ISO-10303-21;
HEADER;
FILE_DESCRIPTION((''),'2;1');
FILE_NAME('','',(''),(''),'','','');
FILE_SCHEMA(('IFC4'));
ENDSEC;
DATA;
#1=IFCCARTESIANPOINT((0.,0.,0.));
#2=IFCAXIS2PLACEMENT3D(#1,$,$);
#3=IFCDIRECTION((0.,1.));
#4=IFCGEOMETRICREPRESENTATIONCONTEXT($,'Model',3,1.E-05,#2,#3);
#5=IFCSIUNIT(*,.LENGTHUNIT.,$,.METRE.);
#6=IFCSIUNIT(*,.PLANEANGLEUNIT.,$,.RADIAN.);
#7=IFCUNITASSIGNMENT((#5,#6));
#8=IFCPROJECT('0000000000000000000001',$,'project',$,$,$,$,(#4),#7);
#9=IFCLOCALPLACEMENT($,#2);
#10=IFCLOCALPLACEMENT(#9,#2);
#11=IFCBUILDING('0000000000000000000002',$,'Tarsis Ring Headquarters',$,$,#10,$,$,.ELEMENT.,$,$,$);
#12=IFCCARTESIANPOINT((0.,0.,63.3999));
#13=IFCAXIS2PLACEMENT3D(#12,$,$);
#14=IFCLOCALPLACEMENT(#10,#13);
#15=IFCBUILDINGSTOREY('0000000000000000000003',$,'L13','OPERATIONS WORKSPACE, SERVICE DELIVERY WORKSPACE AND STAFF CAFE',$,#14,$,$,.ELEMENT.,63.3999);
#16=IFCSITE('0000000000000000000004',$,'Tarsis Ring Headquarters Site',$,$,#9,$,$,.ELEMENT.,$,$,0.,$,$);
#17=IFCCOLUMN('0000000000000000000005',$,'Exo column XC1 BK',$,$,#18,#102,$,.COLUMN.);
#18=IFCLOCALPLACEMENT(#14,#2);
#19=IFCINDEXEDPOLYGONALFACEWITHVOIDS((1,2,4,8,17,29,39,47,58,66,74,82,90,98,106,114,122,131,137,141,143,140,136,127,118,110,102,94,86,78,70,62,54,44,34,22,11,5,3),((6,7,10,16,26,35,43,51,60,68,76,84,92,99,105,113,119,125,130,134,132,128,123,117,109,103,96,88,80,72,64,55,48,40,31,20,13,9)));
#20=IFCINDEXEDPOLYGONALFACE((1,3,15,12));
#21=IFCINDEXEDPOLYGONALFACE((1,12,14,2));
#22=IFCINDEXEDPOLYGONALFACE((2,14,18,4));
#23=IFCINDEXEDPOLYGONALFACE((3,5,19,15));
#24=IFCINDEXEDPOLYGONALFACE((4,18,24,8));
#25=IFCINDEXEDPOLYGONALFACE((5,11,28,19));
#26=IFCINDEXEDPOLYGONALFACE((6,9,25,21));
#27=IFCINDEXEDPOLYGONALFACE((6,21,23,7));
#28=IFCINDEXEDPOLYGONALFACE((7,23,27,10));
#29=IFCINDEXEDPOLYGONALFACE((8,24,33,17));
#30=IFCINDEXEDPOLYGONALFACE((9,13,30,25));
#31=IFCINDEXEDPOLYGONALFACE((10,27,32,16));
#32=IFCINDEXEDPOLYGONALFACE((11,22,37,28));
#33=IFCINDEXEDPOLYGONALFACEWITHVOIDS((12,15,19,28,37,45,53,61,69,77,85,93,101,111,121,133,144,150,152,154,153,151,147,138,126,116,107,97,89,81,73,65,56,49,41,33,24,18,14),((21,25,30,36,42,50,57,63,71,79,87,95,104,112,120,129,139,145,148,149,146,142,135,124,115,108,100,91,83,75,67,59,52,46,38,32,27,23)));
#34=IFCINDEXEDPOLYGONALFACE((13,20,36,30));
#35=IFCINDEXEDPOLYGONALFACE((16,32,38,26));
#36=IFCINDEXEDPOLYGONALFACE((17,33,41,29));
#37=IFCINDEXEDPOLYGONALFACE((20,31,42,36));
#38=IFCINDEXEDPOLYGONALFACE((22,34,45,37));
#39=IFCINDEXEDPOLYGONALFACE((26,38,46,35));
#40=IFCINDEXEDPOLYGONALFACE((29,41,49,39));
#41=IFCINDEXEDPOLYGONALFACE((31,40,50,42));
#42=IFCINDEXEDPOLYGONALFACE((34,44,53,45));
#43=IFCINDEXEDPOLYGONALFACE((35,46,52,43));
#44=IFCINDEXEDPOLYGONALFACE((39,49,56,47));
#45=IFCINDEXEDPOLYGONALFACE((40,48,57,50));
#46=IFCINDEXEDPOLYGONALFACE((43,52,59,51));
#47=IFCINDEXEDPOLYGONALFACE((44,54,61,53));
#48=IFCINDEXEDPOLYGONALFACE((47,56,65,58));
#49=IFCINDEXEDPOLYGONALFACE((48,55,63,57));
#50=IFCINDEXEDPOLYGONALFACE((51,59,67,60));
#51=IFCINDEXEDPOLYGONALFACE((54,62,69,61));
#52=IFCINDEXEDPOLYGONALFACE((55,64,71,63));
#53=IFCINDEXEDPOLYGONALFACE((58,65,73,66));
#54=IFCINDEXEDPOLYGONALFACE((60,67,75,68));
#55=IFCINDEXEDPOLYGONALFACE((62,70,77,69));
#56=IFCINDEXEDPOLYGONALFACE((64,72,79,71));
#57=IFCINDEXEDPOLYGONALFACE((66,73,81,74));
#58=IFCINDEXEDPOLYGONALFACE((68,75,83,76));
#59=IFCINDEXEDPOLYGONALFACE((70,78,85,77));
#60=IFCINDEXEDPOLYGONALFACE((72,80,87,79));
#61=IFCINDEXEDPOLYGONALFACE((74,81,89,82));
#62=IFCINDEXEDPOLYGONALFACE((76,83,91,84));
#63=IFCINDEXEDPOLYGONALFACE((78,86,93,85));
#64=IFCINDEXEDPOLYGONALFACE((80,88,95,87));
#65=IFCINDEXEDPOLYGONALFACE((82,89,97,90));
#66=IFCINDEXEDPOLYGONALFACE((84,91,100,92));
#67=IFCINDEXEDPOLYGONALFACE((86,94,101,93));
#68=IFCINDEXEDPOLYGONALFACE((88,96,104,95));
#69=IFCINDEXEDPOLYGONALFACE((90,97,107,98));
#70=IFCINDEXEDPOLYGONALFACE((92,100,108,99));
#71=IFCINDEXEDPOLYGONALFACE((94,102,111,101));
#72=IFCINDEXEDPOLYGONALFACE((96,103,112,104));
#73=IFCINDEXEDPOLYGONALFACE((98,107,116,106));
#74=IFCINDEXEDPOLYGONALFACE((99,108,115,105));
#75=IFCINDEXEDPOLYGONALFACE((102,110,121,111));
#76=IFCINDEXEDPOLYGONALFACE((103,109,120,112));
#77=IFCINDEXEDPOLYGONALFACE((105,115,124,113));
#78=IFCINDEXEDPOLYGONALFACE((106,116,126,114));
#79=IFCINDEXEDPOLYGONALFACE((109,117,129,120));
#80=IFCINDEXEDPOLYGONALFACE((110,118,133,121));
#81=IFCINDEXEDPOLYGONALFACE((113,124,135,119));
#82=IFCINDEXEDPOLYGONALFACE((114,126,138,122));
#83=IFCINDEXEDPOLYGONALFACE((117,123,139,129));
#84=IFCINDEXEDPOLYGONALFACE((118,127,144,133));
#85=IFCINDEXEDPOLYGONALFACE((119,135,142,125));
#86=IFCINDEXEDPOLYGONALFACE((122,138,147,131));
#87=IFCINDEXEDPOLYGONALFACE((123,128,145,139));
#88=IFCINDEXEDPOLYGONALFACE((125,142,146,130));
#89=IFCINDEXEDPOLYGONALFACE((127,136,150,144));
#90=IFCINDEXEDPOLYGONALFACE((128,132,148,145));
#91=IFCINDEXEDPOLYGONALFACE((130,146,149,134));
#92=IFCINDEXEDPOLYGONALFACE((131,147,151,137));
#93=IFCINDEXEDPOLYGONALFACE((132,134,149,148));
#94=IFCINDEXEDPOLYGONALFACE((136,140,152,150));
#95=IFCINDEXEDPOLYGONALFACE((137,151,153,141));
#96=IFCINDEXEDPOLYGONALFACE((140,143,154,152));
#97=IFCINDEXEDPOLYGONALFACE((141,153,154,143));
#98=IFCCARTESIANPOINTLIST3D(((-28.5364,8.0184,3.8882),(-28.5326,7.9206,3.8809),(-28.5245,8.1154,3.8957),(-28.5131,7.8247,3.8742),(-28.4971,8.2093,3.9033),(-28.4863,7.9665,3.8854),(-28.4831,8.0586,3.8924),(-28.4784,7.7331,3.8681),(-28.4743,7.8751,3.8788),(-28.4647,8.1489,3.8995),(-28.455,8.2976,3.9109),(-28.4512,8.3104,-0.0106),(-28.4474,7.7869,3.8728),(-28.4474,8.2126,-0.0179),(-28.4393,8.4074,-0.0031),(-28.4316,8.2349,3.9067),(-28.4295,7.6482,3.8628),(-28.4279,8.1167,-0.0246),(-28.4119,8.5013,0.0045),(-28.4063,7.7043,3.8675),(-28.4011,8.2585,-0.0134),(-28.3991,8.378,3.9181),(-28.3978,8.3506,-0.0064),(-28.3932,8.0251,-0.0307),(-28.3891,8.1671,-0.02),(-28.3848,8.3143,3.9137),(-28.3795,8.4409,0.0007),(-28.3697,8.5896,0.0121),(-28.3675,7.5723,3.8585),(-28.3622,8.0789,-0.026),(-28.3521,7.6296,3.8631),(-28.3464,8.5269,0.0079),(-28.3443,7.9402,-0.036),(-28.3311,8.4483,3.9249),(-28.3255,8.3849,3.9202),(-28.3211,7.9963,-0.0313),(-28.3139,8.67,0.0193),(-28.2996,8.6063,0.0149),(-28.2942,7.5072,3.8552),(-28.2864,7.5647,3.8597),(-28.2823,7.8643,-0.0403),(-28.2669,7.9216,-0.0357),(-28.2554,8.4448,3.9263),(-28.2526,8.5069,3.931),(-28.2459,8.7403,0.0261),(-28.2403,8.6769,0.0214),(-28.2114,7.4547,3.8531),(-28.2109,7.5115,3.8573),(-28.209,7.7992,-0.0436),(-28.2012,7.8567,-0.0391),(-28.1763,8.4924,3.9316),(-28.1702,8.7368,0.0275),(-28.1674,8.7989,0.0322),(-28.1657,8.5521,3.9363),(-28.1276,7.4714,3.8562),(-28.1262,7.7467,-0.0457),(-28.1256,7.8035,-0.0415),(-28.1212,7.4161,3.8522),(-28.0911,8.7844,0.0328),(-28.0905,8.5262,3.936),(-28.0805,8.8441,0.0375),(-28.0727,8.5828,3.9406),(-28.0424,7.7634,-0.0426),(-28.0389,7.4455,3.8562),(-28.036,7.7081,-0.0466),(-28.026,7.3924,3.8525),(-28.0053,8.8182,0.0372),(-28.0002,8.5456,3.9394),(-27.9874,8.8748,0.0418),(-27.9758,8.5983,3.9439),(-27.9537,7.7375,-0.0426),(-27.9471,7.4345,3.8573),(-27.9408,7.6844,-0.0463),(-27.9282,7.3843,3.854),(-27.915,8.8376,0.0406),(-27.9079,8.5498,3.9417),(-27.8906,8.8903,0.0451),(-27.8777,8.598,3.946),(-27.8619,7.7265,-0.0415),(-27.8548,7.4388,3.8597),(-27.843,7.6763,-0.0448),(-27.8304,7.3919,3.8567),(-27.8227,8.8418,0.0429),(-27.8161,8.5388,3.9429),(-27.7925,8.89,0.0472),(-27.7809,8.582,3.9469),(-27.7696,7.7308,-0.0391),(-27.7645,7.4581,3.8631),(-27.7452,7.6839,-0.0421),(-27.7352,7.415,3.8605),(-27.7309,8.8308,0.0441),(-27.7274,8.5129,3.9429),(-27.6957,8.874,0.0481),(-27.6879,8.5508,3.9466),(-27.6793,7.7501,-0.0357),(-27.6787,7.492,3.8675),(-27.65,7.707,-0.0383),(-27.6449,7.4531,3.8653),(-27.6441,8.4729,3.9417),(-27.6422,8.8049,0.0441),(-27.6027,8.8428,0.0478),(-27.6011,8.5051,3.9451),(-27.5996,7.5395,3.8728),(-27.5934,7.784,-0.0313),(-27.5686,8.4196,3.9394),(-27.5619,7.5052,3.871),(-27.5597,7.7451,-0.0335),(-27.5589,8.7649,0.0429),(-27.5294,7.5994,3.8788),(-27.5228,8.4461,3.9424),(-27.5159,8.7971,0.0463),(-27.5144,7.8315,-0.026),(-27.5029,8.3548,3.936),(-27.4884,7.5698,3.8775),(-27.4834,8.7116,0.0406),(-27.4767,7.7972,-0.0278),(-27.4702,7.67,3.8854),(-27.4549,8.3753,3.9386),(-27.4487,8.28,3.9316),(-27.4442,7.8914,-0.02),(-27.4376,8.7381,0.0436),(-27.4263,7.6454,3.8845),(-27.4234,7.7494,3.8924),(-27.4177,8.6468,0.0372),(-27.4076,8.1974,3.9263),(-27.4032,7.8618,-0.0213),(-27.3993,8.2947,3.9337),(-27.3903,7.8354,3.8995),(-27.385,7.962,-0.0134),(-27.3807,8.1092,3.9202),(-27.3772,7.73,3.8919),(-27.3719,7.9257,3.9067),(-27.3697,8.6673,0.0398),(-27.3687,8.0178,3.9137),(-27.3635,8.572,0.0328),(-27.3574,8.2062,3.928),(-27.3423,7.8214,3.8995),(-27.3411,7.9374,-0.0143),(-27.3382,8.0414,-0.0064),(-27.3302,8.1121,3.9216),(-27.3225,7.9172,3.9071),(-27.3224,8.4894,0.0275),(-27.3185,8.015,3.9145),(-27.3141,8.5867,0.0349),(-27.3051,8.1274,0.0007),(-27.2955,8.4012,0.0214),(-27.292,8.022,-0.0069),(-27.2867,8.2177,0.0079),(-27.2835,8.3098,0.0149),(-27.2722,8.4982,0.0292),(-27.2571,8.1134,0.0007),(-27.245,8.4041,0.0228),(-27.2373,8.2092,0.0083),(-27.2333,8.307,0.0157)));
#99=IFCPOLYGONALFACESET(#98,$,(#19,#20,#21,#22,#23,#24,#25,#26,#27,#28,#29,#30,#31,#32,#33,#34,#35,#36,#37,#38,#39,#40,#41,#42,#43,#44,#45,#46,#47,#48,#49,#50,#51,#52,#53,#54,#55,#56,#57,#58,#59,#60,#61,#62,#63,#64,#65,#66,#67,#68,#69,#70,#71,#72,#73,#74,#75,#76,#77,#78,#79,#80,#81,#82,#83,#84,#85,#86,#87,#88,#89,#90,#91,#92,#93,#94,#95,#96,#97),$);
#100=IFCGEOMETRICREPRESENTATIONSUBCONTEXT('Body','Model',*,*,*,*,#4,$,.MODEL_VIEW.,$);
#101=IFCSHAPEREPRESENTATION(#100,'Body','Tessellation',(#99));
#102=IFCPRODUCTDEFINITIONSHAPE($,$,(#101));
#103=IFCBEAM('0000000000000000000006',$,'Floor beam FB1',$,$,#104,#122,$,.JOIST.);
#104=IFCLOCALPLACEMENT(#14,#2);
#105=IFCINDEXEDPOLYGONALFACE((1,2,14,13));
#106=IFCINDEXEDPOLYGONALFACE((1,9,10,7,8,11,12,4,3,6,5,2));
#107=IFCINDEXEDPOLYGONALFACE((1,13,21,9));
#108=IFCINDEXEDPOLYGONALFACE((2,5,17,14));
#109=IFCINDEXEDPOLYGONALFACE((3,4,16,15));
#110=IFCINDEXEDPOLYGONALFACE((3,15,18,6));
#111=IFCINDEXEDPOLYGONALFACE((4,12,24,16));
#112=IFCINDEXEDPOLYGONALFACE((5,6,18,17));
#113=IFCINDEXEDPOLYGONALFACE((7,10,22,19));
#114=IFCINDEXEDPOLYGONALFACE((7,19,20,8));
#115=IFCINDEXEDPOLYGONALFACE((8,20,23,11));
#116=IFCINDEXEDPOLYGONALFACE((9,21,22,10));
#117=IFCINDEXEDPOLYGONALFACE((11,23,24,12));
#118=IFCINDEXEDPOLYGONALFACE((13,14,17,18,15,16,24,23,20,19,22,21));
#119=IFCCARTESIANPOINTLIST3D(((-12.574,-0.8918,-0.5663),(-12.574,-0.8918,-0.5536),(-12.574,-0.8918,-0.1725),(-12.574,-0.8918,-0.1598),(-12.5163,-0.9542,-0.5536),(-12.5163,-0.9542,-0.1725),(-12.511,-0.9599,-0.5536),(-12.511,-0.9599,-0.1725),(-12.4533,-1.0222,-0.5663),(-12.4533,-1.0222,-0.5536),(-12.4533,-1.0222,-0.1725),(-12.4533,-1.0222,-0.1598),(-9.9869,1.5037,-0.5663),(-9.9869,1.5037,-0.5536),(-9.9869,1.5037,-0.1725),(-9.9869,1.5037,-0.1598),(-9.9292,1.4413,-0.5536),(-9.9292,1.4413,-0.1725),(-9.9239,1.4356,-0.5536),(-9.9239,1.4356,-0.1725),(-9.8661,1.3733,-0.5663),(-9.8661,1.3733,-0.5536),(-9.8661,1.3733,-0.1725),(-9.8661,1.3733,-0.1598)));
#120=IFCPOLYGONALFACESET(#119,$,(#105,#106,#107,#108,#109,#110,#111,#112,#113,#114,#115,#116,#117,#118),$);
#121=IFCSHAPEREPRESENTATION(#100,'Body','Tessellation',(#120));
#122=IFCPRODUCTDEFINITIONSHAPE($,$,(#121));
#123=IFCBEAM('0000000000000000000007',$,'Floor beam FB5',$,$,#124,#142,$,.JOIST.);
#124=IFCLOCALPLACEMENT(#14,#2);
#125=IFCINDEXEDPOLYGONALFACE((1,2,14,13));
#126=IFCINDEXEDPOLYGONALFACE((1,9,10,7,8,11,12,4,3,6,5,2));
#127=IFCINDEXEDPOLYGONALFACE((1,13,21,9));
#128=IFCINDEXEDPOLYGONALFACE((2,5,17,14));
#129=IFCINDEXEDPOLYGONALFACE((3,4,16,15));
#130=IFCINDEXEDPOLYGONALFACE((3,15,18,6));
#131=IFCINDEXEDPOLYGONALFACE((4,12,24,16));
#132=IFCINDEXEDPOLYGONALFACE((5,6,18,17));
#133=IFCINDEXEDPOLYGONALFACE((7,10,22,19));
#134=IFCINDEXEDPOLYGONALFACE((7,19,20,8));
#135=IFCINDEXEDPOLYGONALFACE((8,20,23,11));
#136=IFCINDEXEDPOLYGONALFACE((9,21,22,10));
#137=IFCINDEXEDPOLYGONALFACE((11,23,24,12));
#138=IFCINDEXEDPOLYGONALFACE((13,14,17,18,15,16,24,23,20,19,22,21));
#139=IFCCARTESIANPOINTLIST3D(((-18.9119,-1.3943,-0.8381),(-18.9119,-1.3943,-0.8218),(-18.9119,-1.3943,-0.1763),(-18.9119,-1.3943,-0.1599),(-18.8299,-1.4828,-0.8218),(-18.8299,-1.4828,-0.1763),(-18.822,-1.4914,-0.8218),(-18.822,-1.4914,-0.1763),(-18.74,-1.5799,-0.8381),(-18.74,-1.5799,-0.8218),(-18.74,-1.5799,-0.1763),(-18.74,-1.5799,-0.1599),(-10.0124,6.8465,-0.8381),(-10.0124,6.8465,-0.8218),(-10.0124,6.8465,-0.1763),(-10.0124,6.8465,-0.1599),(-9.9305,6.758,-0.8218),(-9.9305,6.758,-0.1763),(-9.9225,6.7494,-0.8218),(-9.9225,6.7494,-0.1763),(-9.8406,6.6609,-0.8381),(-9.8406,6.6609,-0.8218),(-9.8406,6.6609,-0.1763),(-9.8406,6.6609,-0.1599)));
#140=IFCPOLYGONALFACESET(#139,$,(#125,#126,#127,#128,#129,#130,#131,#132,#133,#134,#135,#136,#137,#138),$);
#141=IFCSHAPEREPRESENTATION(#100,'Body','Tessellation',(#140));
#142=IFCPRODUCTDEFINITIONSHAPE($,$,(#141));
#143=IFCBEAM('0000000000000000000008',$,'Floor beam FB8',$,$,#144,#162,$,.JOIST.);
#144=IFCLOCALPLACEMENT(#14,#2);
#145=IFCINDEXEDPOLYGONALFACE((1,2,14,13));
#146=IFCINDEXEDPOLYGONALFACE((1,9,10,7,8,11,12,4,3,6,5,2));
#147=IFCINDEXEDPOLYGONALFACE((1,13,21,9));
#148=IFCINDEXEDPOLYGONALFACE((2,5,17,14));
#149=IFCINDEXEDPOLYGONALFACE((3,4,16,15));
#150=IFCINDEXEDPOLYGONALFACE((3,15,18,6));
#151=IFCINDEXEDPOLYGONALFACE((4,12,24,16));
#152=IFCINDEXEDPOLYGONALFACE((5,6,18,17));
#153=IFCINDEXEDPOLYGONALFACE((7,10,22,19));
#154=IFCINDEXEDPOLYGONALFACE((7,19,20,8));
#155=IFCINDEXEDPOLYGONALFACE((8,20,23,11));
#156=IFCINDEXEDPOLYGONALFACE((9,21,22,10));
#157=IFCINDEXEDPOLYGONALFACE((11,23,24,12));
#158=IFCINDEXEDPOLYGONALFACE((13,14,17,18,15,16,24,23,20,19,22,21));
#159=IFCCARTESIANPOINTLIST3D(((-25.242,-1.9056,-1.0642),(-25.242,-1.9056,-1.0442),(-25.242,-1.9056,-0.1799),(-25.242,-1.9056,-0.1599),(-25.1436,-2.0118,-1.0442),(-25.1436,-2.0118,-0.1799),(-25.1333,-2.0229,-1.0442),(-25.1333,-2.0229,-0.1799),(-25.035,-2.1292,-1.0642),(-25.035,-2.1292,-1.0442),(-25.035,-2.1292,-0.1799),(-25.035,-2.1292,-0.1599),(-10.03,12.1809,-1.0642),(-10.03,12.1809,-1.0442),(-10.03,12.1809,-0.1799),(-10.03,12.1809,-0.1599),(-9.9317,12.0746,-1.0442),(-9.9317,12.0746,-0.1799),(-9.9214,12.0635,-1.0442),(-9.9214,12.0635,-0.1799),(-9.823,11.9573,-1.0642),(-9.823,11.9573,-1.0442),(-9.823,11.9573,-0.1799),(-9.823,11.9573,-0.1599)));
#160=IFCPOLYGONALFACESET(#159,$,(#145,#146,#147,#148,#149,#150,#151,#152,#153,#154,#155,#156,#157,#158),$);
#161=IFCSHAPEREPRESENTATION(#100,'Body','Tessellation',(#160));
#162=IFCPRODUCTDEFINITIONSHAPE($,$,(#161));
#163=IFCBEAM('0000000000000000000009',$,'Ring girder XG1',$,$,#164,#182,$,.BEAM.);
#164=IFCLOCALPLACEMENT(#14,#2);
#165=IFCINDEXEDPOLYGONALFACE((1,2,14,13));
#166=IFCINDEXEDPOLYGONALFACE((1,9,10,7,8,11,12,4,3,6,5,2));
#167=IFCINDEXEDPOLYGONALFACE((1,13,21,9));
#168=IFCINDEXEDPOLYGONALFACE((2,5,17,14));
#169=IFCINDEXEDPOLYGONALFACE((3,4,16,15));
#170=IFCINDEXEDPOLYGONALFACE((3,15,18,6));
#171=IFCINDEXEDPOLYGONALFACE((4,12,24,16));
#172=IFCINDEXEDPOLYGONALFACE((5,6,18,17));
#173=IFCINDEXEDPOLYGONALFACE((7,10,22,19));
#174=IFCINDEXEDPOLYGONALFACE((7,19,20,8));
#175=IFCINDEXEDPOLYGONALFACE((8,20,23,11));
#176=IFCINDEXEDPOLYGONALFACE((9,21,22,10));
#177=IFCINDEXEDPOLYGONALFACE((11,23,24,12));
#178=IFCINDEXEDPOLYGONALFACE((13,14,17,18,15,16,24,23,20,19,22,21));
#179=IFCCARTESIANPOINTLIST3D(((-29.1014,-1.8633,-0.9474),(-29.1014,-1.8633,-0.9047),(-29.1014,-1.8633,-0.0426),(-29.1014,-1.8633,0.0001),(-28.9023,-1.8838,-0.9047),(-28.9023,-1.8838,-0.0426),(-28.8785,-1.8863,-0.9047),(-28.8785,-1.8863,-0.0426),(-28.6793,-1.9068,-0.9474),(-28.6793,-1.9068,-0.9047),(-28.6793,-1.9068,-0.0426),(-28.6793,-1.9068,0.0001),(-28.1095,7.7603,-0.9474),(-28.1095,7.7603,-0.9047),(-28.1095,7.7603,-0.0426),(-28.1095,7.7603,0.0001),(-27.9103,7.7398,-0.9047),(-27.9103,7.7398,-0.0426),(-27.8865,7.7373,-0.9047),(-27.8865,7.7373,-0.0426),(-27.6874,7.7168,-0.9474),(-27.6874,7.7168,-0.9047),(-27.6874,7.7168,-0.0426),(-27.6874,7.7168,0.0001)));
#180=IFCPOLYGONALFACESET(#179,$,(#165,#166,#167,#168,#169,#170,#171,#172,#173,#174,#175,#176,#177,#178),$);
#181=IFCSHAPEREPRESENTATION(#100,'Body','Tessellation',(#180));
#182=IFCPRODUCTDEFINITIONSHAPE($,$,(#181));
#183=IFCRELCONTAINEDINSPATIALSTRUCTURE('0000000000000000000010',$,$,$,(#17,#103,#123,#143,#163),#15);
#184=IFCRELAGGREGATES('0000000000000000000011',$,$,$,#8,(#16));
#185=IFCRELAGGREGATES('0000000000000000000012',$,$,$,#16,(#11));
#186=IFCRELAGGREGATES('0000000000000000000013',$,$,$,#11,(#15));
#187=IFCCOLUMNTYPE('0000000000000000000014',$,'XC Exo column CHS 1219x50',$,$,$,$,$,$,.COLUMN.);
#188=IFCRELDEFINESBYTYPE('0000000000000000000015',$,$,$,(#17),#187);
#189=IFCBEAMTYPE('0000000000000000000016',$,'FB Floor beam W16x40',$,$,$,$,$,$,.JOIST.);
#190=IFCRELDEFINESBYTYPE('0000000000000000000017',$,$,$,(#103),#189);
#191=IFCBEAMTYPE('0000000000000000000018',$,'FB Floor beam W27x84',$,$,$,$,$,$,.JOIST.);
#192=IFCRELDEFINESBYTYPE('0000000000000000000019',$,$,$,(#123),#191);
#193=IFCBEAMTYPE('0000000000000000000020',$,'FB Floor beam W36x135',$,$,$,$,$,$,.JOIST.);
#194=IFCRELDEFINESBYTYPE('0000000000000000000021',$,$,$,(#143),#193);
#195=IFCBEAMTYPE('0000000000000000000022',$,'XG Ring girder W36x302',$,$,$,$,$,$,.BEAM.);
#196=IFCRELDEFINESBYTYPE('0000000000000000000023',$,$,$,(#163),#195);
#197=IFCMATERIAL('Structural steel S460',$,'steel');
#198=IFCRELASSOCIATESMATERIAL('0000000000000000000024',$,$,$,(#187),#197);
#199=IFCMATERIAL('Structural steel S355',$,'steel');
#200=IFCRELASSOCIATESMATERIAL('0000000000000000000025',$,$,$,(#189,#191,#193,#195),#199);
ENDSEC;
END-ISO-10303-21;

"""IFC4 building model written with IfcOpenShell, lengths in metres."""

from ifc_helpers import new_model, si_unit, direction, frame, origin, origin_2d, place, context, subcontext, project, spatial, hollow_circle, i_section, extrude, material, material_profile, profile_set, type_object, element, save


model = new_model("IFC4")

# Units and contexts
model_context = context("Model", 3, precision=1e-05, world=origin(), true_north=direction((0.0, 1.0)))
body_context = subcontext(model_context, "Body", "Model", "MODEL_VIEW")
ifc_project = project(units=[si_unit("LENGTHUNIT", "METRE"), si_unit("PLANEANGLEUNIT", "RADIAN")], contexts=[model_context])

# Site, building, storey
site_placement = place(None, origin())
site = spatial("IfcSite", under=ifc_project, at=site_placement, Name="Tarsis Ring Headquarters Site", CompositionType="ELEMENT", RefElevation=0.0)
building_placement = place(site_placement, origin())
building = spatial("IfcBuilding", under=site, at=building_placement, Name="Tarsis Ring Headquarters", CompositionType="ELEMENT")
storey_placement = place(building_placement, frame((0.0, 0.0, 63.3999)))
storey = spatial("IfcBuildingStorey", under=building, at=storey_placement, Name="L13", Description="OPERATIONS WORKSPACE, SERVICE DELIVERY WORKSPACE AND STAFF CAFE", CompositionType="ELEMENT", Elevation=63.3999)

# Column
ifc_material_1 = material(Name="Structural steel S460", Category="steel")
ifc_material_profile_1 = material_profile(ifc_material_1, hollow_circle(Radius=0.6096, WallThickness=0.05, at=origin_2d()), Name="CHS 1219x50")
ifc_profile_set_1 = profile_set([ifc_material_profile_1], Name="Structural steel S460")
column_type = type_object("IfcColumnType", Name="XC Exo column CHS 1219x50", PredefinedType="COLUMN", material=ifc_profile_set_1)
column_placement = place(storey_placement, frame((-27.8423, 8.2842, 0.0007), z_axis=(-0.021789, -0.074668, 0.99697), x_axis=(0.959964, -0.280123, 0.0)))
element("IfcColumn", 1, at=column_placement, inside=storey, type_object=column_type, Name="Exo column XC1 BK", PredefinedType="COLUMN", context=body_context, shape_type="SweptSolid", body=[
    extrude(hollow_circle(Radius=0.6096, WallThickness=0.05, at=origin_2d()), origin(), (0.0, 0.0, 1.0), 3.9106),
])

# Beams
ifc_material_2 = material(Name="Structural steel S355", Category="steel")
ifc_material_profile_2 = material_profile(ifc_material_2, i_section(OverallWidth=0.1777, OverallDepth=0.4065, WebThickness=0.0078, FlangeThickness=0.0127, at=origin_2d()), Name="W16x40")
ifc_profile_set_2 = profile_set([ifc_material_profile_2], Name="Structural steel S355")
beam_type_1 = type_object("IfcBeamType", Name="FB Floor beam W16x40", PredefinedType="JOIST", material=ifc_profile_set_2)
beam_1_placement = place(storey_placement, frame((-9.9265, 1.4385, -0.363), z_axis=(-0.733762, -0.679407, 0.0), x_axis=(0.679407, -0.733762, 0.0)))
element("IfcBeam", 2, at=beam_1_placement, inside=storey, type_object=beam_type_1, Name="Floor beam FB1", PredefinedType="JOIST", context=body_context, shape_type="SweptSolid", body=[
    extrude(i_section(OverallWidth=0.1777, OverallDepth=0.4065, WebThickness=0.0078, FlangeThickness=0.0127, at=origin_2d()), origin(), (0.0, 0.0, 1.0), 3.5259),
])
ifc_material_profile_3 = material_profile(ifc_material_2, i_section(OverallWidth=0.2529, OverallDepth=0.6782, WebThickness=0.0117, FlangeThickness=0.0164, at=origin_2d()), Name="W27x84")
ifc_profile_set_3 = profile_set([ifc_material_profile_3], Name="Structural steel S355")
beam_type_2 = type_object("IfcBeamType", Name="FB Floor beam W27x84", PredefinedType="JOIST", material=ifc_profile_set_3)
beam_2_placement = place(storey_placement, frame((-9.9265, 6.7537, -0.499), z_axis=(-0.733739, -0.679431, 0.0), x_axis=(0.679431, -0.733739, 0.0)))
element("IfcBeam", 3, at=beam_2_placement, inside=storey, type_object=beam_type_2, Name="Floor beam FB5", PredefinedType="JOIST", context=body_context, shape_type="SweptSolid", body=[
    extrude(i_section(OverallWidth=0.2529, OverallDepth=0.6782, WebThickness=0.0117, FlangeThickness=0.0164, at=origin_2d()), origin(), (0.0, 0.0, 1.0), 12.1289),
])
ifc_material_profile_4 = material_profile(ifc_material_2, i_section(OverallWidth=0.3047, OverallDepth=0.9043, WebThickness=0.0151, FlangeThickness=0.02, at=origin_2d()), Name="W36x135")
ifc_profile_set_4 = profile_set([ifc_material_profile_4], Name="Structural steel S355")
beam_type_3 = type_object("IfcBeamType", Name="FB Floor beam W36x135", PredefinedType="JOIST", material=ifc_profile_set_4)
beam_3_placement = place(storey_placement, frame((-9.9265, 12.0691, -0.6121), z_axis=(-0.733729, -0.679442, 0.0), x_axis=(0.679442, -0.733729, 0.0)))
element("IfcBeam", 4, at=beam_3_placement, inside=storey, type_object=beam_type_3, Name="Floor beam FB8", PredefinedType="JOIST", context=body_context, shape_type="SweptSolid", body=[
    extrude(i_section(OverallWidth=0.3047, OverallDepth=0.9043, WebThickness=0.0151, FlangeThickness=0.02, at=origin_2d()), origin(), (0.0, 0.0, 1.0), 20.7324),
])
ifc_material_profile_5 = material_profile(ifc_material_2, i_section(OverallWidth=0.4243, OverallDepth=0.9475, WebThickness=0.0239, FlangeThickness=0.0427, at=origin_2d()), Name="W36x302")
ifc_profile_set_5 = profile_set([ifc_material_profile_5], Name="Structural steel S355")
beam_type_4 = type_object("IfcBeamType", Name="XG Ring girder W36x302", PredefinedType="BEAM", material=ifc_profile_set_5)
beam_4_placement = place(storey_placement, frame((-27.8984, 7.7385, -0.4736), z_axis=(-0.102532, -0.99473, 0.0), x_axis=(0.99473, -0.102532, 0.0)))
element("IfcBeam", 5, at=beam_4_placement, inside=storey, type_object=beam_type_4, Name="Ring girder XG1", PredefinedType="BEAM", context=body_context, shape_type="SweptSolid", body=[
    extrude(i_section(OverallWidth=0.4243, OverallDepth=0.9475, WebThickness=0.0239, FlangeThickness=0.0427, at=origin_2d()), origin(), (0.0, 0.0, 1.0), 9.6746),
])

save(model, "model.ifc")
